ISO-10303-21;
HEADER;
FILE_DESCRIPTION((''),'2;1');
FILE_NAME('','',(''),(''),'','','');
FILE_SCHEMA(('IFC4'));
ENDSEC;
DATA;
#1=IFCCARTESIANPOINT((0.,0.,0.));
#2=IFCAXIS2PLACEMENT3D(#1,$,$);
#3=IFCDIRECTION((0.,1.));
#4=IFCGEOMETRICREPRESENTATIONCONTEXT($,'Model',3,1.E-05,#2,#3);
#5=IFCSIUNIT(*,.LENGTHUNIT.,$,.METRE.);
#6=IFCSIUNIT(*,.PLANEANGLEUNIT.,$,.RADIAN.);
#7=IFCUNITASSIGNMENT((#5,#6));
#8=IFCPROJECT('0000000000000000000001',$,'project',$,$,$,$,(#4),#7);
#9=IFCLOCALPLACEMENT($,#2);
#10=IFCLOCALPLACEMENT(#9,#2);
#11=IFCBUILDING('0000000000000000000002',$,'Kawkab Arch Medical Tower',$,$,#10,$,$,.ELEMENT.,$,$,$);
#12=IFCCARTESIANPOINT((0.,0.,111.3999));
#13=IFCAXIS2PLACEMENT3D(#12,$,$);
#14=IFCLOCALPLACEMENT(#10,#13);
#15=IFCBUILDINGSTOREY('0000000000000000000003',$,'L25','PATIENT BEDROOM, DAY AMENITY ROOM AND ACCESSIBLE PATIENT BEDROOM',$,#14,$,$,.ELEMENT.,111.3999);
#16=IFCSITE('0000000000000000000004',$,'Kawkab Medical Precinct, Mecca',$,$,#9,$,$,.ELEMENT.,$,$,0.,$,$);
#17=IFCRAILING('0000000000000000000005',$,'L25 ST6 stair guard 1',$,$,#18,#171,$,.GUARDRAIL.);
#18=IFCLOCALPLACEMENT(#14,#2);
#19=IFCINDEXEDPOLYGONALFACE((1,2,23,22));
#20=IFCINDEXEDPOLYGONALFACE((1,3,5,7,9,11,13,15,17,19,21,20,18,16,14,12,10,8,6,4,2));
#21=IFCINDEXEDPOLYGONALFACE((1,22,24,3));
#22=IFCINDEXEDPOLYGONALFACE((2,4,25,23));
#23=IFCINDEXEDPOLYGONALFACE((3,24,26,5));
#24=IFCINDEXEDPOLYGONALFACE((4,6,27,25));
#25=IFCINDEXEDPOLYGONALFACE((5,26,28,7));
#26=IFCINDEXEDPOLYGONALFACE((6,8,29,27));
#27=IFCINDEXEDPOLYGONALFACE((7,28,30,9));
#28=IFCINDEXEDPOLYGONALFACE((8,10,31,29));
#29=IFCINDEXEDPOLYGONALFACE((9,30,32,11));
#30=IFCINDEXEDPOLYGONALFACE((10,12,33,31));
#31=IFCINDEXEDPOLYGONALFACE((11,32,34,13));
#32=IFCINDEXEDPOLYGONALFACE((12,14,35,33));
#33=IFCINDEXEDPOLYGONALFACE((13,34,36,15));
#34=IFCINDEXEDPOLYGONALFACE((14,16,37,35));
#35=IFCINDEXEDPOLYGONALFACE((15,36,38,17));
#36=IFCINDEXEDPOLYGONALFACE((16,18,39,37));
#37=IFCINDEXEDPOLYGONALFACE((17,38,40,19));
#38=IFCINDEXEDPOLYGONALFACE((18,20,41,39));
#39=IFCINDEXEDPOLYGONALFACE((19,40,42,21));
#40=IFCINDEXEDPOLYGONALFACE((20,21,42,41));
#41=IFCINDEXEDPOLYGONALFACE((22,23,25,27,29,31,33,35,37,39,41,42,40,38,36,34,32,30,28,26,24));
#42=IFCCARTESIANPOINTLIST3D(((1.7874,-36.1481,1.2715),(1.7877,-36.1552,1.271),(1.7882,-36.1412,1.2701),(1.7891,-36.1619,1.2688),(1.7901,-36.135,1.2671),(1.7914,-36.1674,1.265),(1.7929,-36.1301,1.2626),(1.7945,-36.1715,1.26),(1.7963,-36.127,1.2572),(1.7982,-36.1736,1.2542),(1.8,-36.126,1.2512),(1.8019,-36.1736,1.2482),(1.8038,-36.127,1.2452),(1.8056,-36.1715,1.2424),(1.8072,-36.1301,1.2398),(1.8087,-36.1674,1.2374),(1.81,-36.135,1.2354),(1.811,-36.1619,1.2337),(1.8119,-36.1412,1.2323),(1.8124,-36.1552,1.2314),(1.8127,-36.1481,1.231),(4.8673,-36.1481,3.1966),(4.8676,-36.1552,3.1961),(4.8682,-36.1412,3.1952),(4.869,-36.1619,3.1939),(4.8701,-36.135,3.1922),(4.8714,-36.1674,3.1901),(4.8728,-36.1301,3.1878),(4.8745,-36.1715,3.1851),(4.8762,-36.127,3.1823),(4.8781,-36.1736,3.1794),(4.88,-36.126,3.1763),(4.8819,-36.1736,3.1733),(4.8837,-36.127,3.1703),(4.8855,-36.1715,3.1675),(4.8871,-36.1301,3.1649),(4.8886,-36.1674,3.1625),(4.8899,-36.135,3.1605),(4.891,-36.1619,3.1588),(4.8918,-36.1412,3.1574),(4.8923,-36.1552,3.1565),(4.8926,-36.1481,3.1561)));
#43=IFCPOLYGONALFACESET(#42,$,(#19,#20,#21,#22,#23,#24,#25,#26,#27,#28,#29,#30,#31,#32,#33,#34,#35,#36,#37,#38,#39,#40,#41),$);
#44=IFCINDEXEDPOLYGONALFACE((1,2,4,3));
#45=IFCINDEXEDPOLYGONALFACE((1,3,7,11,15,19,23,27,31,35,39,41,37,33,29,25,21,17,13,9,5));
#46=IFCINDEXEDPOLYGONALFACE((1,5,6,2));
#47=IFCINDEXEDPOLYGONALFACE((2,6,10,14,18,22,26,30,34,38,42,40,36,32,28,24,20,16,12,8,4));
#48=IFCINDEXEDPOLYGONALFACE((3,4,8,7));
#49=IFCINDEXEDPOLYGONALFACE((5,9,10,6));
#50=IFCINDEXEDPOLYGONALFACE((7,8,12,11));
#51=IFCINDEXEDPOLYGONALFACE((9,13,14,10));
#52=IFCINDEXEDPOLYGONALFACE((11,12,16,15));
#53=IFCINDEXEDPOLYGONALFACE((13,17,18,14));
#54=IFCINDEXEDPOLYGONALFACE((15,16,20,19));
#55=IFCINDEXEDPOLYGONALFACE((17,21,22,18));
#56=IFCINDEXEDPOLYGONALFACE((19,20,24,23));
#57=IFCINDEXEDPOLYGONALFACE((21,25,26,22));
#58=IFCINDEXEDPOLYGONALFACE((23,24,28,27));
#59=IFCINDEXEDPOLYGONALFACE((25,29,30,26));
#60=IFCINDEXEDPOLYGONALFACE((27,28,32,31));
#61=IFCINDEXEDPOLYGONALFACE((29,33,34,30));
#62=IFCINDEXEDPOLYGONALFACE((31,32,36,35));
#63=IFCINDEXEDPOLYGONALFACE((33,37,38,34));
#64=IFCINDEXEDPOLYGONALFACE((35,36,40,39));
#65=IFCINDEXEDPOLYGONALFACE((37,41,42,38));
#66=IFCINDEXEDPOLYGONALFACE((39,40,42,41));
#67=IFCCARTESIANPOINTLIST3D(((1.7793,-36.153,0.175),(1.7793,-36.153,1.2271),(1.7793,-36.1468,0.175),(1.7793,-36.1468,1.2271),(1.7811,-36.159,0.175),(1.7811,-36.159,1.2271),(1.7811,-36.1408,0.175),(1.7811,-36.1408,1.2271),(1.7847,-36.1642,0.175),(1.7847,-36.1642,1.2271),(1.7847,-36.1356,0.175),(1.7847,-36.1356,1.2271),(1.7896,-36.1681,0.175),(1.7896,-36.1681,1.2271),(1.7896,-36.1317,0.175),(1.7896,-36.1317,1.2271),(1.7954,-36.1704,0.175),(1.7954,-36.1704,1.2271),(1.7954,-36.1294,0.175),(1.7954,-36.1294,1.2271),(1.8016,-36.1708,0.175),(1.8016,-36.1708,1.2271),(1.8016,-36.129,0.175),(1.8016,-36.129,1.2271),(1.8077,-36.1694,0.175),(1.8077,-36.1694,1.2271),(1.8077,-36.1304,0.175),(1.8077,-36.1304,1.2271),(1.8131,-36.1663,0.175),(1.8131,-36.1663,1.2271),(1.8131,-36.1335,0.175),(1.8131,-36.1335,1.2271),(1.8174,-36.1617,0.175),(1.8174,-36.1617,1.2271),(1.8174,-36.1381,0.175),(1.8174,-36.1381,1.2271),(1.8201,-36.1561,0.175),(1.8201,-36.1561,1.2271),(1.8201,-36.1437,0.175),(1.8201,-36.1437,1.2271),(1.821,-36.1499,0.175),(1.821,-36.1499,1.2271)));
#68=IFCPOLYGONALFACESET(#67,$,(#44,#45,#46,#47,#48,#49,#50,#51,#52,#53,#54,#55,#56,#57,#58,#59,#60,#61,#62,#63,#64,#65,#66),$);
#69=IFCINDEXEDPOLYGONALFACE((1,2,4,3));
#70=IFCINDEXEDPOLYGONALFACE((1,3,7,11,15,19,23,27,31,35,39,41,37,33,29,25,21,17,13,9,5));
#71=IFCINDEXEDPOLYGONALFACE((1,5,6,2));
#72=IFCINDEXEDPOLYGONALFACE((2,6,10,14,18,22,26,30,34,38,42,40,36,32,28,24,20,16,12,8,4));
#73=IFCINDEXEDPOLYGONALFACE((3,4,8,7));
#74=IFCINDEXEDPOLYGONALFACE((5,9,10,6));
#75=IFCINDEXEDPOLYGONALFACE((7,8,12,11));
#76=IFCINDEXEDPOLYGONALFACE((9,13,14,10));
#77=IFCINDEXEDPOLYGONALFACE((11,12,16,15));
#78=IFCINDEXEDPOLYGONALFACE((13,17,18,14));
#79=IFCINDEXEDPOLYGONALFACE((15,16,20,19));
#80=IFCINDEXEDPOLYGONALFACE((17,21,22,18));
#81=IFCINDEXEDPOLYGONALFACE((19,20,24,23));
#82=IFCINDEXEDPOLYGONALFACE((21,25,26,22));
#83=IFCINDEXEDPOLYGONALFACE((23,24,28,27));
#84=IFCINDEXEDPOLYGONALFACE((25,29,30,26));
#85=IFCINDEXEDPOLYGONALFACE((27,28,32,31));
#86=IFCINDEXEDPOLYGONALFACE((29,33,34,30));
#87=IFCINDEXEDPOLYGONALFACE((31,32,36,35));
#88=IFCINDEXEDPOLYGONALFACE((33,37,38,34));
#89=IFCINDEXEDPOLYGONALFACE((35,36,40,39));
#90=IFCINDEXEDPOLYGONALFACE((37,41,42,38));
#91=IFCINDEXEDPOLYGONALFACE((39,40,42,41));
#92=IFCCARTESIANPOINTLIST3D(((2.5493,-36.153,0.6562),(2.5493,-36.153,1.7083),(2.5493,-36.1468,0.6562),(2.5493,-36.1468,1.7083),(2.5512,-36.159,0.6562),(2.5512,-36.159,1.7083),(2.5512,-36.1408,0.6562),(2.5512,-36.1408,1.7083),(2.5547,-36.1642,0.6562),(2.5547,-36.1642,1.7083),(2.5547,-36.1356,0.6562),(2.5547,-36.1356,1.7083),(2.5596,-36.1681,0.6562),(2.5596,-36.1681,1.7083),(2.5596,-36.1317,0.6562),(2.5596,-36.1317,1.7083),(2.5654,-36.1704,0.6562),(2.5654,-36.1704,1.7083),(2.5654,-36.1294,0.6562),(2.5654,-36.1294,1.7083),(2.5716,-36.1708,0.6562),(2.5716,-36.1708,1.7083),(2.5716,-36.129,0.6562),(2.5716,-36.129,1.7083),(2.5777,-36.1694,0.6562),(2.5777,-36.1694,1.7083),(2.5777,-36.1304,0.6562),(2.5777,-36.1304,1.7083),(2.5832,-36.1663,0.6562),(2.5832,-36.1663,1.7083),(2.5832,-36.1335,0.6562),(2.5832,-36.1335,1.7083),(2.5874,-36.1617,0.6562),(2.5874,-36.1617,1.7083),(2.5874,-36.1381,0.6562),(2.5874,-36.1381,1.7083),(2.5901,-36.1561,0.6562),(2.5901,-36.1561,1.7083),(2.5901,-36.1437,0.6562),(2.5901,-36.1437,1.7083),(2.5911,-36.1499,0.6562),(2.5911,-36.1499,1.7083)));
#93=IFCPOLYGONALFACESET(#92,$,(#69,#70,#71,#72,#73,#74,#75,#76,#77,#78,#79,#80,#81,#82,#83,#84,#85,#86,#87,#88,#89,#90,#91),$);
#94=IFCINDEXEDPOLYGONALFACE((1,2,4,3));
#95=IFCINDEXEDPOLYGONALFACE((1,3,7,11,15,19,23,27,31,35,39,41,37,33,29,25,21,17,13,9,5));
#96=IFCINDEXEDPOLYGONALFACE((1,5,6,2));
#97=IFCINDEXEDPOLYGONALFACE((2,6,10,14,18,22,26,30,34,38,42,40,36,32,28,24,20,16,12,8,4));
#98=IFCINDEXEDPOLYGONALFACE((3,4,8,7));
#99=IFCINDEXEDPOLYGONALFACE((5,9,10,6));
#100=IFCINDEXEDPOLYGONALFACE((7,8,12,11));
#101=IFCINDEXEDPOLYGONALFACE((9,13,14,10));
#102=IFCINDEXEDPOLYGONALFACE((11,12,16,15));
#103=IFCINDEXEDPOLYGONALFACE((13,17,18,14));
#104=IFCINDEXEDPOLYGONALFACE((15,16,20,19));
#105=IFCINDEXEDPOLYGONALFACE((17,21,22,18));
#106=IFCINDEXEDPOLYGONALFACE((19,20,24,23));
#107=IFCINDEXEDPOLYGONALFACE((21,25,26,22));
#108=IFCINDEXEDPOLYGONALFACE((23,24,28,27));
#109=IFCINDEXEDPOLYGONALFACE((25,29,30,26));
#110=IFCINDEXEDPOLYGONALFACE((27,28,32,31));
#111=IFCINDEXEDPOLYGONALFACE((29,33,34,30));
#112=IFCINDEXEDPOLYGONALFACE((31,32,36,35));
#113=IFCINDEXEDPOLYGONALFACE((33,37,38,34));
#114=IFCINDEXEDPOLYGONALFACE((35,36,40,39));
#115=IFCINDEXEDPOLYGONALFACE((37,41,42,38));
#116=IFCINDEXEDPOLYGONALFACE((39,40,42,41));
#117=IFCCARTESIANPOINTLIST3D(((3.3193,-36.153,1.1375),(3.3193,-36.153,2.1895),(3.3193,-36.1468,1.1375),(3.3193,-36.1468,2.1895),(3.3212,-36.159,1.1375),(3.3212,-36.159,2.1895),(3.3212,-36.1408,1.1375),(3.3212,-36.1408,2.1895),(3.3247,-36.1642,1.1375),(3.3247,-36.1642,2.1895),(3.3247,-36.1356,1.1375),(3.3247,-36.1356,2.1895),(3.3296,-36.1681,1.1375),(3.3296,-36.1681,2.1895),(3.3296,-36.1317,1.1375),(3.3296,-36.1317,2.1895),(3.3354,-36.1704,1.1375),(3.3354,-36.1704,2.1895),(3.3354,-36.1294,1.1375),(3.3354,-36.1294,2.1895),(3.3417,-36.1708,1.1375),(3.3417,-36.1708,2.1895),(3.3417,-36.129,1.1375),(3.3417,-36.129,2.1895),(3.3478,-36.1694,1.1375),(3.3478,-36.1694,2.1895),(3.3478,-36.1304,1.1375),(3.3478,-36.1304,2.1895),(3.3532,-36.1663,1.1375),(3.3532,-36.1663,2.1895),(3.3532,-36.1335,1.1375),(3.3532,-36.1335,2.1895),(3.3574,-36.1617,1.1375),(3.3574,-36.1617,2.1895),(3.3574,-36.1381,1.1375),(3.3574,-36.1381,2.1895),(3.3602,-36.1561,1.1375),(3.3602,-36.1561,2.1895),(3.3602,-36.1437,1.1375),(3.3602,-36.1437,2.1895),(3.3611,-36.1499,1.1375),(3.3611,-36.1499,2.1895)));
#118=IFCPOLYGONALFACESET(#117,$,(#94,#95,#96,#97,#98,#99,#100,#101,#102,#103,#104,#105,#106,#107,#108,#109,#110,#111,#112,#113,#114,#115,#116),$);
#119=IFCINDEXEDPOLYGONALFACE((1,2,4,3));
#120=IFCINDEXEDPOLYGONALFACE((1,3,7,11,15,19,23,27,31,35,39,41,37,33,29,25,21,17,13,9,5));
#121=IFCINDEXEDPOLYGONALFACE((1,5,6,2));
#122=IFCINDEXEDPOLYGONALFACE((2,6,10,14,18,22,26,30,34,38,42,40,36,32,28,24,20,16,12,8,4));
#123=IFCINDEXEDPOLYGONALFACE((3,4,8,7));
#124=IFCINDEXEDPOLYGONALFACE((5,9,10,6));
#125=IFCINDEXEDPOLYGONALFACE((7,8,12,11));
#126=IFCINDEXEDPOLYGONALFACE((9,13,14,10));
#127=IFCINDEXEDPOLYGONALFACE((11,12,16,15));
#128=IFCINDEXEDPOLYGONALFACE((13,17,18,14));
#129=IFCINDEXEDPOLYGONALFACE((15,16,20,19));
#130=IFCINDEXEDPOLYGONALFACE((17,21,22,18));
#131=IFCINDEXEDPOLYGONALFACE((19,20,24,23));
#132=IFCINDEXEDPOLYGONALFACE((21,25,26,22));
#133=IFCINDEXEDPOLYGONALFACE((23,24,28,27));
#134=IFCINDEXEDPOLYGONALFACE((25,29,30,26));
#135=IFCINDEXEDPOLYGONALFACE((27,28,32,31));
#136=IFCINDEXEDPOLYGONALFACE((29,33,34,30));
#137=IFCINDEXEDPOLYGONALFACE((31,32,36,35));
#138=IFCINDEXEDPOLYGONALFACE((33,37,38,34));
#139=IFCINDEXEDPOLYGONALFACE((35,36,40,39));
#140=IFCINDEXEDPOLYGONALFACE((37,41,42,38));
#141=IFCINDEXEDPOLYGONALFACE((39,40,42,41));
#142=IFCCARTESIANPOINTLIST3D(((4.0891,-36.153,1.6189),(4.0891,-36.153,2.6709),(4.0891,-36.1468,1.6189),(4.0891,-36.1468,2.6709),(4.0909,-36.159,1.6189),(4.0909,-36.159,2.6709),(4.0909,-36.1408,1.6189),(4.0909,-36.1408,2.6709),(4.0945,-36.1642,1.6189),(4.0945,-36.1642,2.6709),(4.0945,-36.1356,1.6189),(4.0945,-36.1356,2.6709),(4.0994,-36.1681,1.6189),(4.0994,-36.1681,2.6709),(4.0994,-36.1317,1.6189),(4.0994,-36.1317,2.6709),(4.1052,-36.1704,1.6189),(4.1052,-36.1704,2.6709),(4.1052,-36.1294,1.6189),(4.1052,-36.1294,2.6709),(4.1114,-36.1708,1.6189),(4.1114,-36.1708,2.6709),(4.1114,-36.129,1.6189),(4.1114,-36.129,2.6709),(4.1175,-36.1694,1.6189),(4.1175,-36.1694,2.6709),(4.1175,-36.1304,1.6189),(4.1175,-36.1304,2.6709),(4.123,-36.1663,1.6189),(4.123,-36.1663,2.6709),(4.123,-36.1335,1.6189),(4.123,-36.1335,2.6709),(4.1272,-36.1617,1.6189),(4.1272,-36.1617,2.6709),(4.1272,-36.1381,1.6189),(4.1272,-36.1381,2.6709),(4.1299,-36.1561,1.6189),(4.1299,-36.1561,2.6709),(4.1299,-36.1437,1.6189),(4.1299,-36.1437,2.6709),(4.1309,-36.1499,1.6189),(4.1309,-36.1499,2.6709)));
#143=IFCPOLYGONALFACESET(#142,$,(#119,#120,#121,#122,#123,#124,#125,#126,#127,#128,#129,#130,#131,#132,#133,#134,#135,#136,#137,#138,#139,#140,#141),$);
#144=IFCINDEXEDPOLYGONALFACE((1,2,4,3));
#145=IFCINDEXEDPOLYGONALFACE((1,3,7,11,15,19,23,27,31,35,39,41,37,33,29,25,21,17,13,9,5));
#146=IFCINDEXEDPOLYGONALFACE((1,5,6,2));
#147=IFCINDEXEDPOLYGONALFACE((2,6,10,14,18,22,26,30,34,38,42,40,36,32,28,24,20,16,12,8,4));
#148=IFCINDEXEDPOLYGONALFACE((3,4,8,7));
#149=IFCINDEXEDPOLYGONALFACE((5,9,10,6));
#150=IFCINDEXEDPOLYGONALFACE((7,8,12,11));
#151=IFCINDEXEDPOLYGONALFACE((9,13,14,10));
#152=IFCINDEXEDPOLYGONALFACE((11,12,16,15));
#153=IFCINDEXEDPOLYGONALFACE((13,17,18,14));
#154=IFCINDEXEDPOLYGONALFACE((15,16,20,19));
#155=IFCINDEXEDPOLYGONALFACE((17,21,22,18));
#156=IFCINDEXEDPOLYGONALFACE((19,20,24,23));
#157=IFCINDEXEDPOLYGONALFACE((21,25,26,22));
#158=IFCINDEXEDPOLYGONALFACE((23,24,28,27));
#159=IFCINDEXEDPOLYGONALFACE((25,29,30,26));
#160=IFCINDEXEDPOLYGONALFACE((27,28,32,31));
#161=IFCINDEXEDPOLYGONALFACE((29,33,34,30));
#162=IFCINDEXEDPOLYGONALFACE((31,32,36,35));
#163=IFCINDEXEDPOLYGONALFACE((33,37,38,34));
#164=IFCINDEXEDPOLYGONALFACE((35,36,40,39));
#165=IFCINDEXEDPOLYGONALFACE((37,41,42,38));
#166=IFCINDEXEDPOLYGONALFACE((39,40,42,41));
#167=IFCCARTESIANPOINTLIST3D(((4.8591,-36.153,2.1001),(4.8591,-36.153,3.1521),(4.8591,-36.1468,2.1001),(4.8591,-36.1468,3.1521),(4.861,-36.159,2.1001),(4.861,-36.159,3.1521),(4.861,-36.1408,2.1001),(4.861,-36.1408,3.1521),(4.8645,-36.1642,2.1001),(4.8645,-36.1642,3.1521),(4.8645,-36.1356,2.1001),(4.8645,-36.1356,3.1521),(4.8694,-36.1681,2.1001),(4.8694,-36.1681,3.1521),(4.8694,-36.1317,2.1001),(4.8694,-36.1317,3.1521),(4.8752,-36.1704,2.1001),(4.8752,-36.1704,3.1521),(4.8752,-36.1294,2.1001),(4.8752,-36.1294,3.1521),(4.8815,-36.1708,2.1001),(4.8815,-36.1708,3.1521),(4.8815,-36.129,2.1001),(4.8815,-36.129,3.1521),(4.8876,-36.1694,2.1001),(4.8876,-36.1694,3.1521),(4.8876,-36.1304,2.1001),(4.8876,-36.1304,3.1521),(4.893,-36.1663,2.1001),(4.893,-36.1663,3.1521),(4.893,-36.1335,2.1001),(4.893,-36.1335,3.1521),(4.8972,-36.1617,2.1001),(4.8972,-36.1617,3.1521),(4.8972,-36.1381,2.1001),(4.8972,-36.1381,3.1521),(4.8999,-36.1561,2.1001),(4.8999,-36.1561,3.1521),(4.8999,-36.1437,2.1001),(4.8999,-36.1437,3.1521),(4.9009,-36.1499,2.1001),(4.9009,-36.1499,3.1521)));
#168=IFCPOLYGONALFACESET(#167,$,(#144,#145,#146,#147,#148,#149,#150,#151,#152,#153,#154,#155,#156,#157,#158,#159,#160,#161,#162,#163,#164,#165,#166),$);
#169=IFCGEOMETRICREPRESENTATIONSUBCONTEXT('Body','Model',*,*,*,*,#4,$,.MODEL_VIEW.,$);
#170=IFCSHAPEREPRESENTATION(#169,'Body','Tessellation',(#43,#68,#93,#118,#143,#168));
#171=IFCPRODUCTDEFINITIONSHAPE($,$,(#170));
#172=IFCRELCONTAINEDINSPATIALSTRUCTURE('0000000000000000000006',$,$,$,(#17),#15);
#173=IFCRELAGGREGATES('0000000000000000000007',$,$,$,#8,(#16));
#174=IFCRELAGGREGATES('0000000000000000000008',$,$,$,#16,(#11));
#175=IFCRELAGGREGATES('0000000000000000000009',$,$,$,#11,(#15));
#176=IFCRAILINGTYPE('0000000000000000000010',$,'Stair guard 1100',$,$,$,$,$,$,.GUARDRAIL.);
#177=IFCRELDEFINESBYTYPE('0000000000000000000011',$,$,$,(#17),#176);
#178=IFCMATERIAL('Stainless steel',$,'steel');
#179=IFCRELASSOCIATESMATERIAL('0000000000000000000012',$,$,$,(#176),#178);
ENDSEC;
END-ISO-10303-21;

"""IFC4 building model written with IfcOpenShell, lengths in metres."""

from ifc_helpers import new_model, si_unit, direction, frame, origin, origin_2d, place, context, subcontext, project, spatial, circle, extrude, material, type_object, element, save


model = new_model("IFC4")

# Units and contexts
model_context = context("Model", 3, precision=1e-05, world=origin(), true_north=direction((0.0, 1.0)))
body_context = subcontext(model_context, "Body", "Model", "MODEL_VIEW")
ifc_project = project(units=[si_unit("LENGTHUNIT", "METRE"), si_unit("PLANEANGLEUNIT", "RADIAN")], contexts=[model_context])

# Site, building, storey
site_placement = place(None, origin())
site = spatial("IfcSite", under=ifc_project, at=site_placement, Name="Kawkab Medical Precinct, Mecca", CompositionType="ELEMENT", RefElevation=0.0)
building_placement = place(site_placement, origin())
building = spatial("IfcBuilding", under=site, at=building_placement, Name="Kawkab Arch Medical Tower", CompositionType="ELEMENT")
storey_placement = place(building_placement, frame((0.0, 0.0, 111.3999)))
storey = spatial("IfcBuildingStorey", under=building, at=storey_placement, Name="L25", Description="PATIENT BEDROOM, DAY AMENITY ROOM AND ACCESSIBLE PATIENT BEDROOM", CompositionType="ELEMENT", Elevation=111.3999)

# Railing
ifc_material_1 = material(Name="Stainless steel", Category="steel")
railing_type = type_object("IfcRailingType", Name="Stair guard 1100", PredefinedType="GUARDRAIL", material=ifc_material_1)
railing_1_placement = place(storey_placement, frame((1.8, -36.1499, 0.175)))
element("IfcRailing", 1, at=railing_1_placement, inside=storey, type_object=railing_type, Name="L25 ST6 stair guard 1", PredefinedType="GUARDRAIL", context=body_context, shape_type="SweptSolid", body=[
    extrude(circle(Radius=0.0239, at=origin_2d()), frame((0.0, 0.0, 1.0762), z_axis=(0.847979, 0.0, 0.530029), x_axis=(0.0, 1.0, 0.0)), (0.0, 0.0, 1.0), 3.6321),
    extrude(circle(Radius=0.021, at=origin_2d()), origin(), (0.0, 0.0, 1.0), 1.052),
    extrude(circle(Radius=0.021, at=origin_2d()), frame((0.77, 0.0, 0.4812)), (0.0, 0.0, 1.0), 1.052),
    extrude(circle(Radius=0.021, at=origin_2d()), frame((1.54, 0.0, 0.9624)), (0.0, 0.0, 1.0), 1.052),
    extrude(circle(Radius=0.021, at=origin_2d()), frame((2.3098, 0.0, 1.4438)), (0.0, 0.0, 1.0), 1.052),
    extrude(circle(Radius=0.021, at=origin_2d()), frame((3.0798, 0.0, 1.925)), (0.0, 0.0, 1.0), 1.052),
])

save(model, "model.ifc")
